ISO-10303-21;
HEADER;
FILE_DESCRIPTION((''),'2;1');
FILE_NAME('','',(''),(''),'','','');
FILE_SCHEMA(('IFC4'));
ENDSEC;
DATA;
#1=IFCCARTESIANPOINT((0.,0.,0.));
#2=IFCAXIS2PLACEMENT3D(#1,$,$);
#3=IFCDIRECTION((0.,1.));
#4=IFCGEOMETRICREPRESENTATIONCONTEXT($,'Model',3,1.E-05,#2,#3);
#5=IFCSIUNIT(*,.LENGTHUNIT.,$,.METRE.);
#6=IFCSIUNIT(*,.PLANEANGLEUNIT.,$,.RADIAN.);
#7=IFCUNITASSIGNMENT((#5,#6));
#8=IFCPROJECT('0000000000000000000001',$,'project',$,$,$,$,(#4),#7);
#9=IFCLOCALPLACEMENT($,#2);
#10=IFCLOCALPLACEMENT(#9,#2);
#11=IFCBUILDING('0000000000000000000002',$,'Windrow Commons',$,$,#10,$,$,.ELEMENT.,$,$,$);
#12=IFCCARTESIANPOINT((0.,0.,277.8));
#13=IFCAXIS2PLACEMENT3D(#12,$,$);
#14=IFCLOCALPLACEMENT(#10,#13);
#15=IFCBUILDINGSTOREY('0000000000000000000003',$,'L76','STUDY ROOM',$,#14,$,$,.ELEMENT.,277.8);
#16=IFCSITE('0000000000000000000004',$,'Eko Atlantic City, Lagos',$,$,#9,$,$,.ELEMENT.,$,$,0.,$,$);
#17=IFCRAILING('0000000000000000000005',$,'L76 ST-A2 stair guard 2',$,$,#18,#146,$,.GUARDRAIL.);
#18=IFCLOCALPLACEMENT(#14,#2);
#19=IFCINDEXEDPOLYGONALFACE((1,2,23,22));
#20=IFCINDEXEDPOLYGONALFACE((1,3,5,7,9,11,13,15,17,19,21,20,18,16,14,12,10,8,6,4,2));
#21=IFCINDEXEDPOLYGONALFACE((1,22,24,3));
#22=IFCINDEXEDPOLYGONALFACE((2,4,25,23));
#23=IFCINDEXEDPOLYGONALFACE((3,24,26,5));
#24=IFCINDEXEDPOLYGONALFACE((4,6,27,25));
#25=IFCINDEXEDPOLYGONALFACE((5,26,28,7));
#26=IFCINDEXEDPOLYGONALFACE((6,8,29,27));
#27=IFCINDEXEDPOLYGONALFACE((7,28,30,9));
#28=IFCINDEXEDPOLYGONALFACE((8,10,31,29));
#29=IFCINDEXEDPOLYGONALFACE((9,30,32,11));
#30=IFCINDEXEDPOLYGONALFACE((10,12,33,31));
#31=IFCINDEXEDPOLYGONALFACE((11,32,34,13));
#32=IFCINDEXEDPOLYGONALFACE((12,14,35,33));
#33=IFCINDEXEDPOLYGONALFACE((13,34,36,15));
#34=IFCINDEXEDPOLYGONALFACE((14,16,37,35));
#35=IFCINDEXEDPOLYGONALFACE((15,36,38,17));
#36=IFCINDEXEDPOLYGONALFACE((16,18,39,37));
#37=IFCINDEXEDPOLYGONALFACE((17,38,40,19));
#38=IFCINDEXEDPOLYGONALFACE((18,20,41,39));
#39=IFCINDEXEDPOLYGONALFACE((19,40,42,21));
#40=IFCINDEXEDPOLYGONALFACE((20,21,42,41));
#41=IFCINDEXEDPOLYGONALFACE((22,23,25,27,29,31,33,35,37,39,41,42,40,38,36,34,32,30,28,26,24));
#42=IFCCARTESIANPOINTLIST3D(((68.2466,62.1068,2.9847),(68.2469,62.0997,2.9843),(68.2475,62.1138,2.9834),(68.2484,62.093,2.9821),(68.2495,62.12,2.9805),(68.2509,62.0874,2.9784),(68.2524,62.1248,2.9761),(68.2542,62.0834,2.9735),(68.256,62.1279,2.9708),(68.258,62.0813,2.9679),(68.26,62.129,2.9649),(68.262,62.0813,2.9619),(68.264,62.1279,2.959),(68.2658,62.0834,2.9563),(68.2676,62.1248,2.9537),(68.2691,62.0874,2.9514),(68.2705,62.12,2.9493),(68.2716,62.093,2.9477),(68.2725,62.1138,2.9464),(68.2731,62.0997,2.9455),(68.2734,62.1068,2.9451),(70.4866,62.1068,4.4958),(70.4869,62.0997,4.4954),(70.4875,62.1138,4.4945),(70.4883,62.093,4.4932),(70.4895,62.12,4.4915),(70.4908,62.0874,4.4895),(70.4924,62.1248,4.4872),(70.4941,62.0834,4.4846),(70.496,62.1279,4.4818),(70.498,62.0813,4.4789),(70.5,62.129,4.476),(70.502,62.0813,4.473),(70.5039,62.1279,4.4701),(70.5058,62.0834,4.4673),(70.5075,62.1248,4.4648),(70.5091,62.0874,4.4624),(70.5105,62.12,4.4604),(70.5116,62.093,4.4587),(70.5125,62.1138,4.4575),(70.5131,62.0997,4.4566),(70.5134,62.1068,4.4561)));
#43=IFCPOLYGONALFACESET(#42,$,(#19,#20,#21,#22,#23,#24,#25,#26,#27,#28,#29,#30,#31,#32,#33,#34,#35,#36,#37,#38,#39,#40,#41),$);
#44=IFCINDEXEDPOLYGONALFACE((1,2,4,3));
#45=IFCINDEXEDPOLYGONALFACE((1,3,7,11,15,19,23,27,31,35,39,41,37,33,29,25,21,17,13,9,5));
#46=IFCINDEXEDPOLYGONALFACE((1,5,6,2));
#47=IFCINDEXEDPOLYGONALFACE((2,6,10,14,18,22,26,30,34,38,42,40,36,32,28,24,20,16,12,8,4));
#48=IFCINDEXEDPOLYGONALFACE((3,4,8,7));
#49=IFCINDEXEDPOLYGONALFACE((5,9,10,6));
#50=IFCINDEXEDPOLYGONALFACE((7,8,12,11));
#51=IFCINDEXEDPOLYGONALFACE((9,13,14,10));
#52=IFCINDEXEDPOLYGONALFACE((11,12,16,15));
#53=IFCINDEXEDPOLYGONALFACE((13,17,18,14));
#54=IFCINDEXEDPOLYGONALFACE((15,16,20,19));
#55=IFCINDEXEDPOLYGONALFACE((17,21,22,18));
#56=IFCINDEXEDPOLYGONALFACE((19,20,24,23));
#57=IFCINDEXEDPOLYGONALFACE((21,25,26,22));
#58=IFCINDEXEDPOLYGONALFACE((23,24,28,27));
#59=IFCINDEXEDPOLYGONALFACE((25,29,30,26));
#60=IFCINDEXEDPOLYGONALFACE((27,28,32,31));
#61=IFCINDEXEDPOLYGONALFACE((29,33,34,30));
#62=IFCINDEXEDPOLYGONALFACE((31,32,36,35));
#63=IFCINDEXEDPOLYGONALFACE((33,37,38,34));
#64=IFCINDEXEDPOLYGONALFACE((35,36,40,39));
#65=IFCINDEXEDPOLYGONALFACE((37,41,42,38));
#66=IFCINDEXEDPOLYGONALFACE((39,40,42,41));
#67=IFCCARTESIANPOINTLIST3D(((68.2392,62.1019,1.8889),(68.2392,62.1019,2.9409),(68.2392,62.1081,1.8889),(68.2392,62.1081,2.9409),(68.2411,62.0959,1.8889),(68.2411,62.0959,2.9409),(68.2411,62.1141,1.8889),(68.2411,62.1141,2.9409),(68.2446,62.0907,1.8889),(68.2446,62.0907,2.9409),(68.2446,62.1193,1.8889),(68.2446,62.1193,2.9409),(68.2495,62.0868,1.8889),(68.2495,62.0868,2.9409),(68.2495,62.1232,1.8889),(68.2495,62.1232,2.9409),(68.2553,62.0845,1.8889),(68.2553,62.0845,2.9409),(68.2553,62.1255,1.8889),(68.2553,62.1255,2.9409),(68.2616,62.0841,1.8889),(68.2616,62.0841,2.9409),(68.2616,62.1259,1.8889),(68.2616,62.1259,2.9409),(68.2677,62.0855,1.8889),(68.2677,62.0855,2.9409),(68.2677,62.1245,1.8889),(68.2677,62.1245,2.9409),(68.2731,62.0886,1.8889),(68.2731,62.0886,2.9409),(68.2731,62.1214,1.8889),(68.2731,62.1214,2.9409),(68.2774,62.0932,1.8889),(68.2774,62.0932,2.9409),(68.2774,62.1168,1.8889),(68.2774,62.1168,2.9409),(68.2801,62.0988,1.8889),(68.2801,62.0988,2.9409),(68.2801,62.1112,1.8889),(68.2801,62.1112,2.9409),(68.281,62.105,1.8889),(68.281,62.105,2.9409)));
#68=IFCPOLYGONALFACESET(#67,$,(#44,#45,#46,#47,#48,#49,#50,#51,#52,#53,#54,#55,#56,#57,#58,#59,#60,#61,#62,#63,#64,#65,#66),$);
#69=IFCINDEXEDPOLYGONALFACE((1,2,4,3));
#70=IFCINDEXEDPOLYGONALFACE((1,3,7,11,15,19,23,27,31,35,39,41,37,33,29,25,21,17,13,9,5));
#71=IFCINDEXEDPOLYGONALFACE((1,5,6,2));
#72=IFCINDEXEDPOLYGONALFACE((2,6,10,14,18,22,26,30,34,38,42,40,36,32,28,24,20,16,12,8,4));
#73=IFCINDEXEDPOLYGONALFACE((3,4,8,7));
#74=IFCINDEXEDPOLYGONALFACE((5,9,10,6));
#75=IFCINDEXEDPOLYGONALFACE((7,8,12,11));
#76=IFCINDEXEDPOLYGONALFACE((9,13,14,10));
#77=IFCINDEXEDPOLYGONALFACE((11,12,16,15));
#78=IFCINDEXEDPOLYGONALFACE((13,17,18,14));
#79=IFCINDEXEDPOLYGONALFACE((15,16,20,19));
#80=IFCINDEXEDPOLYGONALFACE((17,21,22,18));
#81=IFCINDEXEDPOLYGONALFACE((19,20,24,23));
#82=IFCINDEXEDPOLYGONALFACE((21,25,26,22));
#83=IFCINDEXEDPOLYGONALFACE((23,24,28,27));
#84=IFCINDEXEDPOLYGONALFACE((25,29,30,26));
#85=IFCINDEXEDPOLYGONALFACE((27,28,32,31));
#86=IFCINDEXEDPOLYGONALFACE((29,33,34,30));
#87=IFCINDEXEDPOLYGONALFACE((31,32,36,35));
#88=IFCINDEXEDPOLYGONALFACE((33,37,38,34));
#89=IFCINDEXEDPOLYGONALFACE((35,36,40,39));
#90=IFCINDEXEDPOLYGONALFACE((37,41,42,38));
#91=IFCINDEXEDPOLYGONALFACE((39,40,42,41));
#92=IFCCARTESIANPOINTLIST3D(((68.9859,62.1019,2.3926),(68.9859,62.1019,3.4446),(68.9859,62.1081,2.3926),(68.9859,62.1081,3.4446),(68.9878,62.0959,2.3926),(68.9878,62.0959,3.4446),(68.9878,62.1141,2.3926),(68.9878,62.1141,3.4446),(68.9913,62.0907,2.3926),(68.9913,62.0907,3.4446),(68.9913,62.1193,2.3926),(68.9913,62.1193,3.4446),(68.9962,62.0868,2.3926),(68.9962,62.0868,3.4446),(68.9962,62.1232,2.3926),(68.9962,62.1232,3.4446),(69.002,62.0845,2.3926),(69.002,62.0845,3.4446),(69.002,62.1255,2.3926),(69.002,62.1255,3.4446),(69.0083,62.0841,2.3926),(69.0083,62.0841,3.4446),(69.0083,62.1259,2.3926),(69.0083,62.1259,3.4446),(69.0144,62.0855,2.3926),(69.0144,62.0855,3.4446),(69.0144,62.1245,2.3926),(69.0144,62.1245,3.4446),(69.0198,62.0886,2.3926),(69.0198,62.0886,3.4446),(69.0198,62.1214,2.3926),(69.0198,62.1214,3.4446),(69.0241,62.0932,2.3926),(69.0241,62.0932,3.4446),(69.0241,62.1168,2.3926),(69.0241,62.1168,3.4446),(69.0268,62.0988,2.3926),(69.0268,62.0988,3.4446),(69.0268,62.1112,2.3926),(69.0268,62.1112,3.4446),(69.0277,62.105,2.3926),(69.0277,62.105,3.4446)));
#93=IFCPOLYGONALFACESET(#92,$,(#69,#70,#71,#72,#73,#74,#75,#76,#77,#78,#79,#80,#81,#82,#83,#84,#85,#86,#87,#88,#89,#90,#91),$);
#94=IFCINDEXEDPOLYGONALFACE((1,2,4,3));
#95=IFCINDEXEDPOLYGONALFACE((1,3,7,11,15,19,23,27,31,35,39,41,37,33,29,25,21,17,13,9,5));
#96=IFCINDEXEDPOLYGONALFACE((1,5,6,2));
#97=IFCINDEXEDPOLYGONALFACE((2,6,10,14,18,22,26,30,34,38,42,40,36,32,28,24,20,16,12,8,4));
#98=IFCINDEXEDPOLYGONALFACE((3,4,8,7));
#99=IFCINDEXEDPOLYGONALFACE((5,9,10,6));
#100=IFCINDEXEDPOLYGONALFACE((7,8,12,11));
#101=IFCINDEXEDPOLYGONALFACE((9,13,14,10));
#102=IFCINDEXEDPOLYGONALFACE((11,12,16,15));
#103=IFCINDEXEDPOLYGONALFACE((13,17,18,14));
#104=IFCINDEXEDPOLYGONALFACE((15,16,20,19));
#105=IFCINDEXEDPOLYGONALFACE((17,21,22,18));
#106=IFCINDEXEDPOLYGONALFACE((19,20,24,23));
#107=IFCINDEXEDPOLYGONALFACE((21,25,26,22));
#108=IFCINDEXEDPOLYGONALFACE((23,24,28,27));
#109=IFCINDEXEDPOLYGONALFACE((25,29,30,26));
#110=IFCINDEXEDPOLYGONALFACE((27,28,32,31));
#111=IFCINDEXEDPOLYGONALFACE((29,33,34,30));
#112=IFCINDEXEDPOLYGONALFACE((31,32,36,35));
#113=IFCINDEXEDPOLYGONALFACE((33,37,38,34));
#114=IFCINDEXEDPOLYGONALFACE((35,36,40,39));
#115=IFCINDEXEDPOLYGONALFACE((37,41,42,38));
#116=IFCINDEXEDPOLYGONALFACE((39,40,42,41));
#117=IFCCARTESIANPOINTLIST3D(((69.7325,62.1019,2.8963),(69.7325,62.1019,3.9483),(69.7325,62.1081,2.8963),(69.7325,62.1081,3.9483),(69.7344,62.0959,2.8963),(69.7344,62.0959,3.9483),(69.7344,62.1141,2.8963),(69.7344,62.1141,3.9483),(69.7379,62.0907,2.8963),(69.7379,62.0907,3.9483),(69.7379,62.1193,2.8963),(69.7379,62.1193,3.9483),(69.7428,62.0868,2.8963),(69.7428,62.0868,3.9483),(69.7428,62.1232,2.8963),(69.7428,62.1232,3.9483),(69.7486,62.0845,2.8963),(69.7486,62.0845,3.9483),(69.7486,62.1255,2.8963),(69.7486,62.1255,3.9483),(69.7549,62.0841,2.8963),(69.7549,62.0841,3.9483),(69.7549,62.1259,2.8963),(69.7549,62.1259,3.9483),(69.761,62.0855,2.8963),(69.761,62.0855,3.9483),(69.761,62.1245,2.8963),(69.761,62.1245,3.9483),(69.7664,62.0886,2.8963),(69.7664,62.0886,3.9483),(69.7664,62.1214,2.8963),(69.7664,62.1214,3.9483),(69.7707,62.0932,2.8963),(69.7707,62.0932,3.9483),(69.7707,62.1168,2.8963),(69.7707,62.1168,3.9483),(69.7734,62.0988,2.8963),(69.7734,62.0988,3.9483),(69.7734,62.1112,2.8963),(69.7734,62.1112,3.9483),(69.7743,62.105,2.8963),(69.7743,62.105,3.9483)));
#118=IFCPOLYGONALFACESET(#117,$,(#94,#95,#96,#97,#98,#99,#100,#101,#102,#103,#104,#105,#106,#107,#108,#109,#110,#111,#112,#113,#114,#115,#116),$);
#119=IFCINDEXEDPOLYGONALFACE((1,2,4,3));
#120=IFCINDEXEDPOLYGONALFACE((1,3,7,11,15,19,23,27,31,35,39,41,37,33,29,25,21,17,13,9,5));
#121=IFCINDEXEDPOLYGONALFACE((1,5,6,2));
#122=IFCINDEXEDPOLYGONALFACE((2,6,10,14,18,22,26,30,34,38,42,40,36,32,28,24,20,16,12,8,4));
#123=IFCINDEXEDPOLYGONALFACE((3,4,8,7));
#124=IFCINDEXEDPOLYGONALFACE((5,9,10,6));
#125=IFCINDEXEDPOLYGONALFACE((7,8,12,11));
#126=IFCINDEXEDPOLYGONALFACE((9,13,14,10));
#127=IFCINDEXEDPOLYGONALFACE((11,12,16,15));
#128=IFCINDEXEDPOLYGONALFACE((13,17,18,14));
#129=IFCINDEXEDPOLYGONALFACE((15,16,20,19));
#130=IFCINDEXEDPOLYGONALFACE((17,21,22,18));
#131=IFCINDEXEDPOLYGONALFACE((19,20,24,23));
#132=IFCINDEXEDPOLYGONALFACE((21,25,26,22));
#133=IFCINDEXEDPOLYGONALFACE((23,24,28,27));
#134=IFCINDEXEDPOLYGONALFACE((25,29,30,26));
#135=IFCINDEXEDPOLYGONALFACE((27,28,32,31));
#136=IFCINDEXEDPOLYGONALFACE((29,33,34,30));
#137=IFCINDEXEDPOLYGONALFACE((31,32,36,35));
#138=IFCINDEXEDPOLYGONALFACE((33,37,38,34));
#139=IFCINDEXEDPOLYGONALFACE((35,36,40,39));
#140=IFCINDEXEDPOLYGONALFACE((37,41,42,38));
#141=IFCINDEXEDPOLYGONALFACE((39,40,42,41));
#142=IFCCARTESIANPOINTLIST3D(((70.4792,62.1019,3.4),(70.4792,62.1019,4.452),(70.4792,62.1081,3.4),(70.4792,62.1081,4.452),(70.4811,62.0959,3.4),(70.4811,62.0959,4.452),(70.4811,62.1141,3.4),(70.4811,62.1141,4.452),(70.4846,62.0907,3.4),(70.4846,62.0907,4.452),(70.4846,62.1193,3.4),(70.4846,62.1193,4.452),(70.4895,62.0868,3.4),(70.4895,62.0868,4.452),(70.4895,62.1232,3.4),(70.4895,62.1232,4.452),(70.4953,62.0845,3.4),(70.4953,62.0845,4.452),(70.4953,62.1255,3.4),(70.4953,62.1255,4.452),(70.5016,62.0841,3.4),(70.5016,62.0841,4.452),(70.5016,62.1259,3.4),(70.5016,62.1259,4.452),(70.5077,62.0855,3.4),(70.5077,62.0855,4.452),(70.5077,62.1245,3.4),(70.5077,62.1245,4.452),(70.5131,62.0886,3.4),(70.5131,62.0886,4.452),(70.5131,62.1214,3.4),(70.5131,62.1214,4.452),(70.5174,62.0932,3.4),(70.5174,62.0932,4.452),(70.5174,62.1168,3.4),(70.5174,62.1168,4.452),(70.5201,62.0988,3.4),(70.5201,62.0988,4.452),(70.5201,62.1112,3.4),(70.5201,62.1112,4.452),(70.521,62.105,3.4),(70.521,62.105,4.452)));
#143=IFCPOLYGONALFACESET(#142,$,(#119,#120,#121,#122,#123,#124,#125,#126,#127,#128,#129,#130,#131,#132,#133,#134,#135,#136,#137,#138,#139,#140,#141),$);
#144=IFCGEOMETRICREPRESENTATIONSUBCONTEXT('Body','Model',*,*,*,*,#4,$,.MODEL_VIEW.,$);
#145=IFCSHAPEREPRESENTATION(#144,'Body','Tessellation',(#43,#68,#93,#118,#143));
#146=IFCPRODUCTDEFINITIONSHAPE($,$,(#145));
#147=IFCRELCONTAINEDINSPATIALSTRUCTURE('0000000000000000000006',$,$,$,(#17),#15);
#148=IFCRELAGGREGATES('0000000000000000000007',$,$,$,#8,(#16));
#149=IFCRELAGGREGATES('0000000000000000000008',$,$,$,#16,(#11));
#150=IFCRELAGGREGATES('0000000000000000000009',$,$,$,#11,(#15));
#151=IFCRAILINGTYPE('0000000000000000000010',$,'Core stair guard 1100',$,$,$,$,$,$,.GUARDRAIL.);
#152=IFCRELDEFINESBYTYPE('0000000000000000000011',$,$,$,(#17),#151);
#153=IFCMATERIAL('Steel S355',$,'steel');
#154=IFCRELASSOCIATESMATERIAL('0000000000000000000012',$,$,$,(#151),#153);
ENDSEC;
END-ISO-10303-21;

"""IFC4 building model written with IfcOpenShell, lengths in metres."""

from ifc_helpers import new_model, si_unit, direction, frame, origin, origin_2d, place, context, subcontext, project, spatial, circle, extrude, material, type_object, element, save


model = new_model("IFC4")

# Units and contexts
model_context = context("Model", 3, precision=1e-05, world=origin(), true_north=direction((0.0, 1.0)))
body_context = subcontext(model_context, "Body", "Model", "MODEL_VIEW")
ifc_project = project(units=[si_unit("LENGTHUNIT", "METRE"), si_unit("PLANEANGLEUNIT", "RADIAN")], contexts=[model_context])

# Site, building, storey
site_placement = place(None, origin())
site = spatial("IfcSite", under=ifc_project, at=site_placement, Name="Eko Atlantic City, Lagos", CompositionType="ELEMENT", RefElevation=0.0)
building_placement = place(site_placement, origin())
building = spatial("IfcBuilding", under=site, at=building_placement, Name="Windrow Commons", CompositionType="ELEMENT")
storey_placement = place(building_placement, frame((0.0, 0.0, 277.8)))
storey = spatial("IfcBuildingStorey", under=building, at=storey_placement, Name="L76", Description="STUDY ROOM", CompositionType="ELEMENT", Elevation=277.8)

# Railing
ifc_material_1 = material(Name="Steel S355", Category="steel")
railing_type_1 = type_object("IfcRailingType", Name="Core stair guard 1100", PredefinedType="GUARDRAIL", material=ifc_material_1)
railing_1_placement = place(storey_placement, frame((68.26, 62.105, 1.8889)))
element("IfcRailing", 1, at=railing_1_placement, inside=storey, type_object=railing_type_1, Name="L76 ST-A2 stair guard 2", PredefinedType="GUARDRAIL", context=body_context, shape_type="SweptSolid", body=[
    extrude(circle(Radius=0.024, at=origin_2d()), frame((0.0, 0.0, 1.076), z_axis=(0.829003, 0.0, 0.559244), x_axis=(0.0, 1.0, 0.0)), (0.0, 0.0, 1.0), 2.702),
    extrude(circle(Radius=0.021, at=origin_2d()), origin(), (0.0, 0.0, 1.0), 1.052),
    extrude(circle(Radius=0.021, at=origin_2d()), frame((0.7467, 0.0, 0.5037)), (0.0, 0.0, 1.0), 1.052),
    extrude(circle(Radius=0.021, at=origin_2d()), frame((1.4933, 0.0, 1.0074)), (0.0, 0.0, 1.0), 1.052),
    extrude(circle(Radius=0.021, at=origin_2d()), frame((2.24, 0.0, 1.5111)), (0.0, 0.0, 1.0), 1.052),
])

save(model, "model.ifc")
